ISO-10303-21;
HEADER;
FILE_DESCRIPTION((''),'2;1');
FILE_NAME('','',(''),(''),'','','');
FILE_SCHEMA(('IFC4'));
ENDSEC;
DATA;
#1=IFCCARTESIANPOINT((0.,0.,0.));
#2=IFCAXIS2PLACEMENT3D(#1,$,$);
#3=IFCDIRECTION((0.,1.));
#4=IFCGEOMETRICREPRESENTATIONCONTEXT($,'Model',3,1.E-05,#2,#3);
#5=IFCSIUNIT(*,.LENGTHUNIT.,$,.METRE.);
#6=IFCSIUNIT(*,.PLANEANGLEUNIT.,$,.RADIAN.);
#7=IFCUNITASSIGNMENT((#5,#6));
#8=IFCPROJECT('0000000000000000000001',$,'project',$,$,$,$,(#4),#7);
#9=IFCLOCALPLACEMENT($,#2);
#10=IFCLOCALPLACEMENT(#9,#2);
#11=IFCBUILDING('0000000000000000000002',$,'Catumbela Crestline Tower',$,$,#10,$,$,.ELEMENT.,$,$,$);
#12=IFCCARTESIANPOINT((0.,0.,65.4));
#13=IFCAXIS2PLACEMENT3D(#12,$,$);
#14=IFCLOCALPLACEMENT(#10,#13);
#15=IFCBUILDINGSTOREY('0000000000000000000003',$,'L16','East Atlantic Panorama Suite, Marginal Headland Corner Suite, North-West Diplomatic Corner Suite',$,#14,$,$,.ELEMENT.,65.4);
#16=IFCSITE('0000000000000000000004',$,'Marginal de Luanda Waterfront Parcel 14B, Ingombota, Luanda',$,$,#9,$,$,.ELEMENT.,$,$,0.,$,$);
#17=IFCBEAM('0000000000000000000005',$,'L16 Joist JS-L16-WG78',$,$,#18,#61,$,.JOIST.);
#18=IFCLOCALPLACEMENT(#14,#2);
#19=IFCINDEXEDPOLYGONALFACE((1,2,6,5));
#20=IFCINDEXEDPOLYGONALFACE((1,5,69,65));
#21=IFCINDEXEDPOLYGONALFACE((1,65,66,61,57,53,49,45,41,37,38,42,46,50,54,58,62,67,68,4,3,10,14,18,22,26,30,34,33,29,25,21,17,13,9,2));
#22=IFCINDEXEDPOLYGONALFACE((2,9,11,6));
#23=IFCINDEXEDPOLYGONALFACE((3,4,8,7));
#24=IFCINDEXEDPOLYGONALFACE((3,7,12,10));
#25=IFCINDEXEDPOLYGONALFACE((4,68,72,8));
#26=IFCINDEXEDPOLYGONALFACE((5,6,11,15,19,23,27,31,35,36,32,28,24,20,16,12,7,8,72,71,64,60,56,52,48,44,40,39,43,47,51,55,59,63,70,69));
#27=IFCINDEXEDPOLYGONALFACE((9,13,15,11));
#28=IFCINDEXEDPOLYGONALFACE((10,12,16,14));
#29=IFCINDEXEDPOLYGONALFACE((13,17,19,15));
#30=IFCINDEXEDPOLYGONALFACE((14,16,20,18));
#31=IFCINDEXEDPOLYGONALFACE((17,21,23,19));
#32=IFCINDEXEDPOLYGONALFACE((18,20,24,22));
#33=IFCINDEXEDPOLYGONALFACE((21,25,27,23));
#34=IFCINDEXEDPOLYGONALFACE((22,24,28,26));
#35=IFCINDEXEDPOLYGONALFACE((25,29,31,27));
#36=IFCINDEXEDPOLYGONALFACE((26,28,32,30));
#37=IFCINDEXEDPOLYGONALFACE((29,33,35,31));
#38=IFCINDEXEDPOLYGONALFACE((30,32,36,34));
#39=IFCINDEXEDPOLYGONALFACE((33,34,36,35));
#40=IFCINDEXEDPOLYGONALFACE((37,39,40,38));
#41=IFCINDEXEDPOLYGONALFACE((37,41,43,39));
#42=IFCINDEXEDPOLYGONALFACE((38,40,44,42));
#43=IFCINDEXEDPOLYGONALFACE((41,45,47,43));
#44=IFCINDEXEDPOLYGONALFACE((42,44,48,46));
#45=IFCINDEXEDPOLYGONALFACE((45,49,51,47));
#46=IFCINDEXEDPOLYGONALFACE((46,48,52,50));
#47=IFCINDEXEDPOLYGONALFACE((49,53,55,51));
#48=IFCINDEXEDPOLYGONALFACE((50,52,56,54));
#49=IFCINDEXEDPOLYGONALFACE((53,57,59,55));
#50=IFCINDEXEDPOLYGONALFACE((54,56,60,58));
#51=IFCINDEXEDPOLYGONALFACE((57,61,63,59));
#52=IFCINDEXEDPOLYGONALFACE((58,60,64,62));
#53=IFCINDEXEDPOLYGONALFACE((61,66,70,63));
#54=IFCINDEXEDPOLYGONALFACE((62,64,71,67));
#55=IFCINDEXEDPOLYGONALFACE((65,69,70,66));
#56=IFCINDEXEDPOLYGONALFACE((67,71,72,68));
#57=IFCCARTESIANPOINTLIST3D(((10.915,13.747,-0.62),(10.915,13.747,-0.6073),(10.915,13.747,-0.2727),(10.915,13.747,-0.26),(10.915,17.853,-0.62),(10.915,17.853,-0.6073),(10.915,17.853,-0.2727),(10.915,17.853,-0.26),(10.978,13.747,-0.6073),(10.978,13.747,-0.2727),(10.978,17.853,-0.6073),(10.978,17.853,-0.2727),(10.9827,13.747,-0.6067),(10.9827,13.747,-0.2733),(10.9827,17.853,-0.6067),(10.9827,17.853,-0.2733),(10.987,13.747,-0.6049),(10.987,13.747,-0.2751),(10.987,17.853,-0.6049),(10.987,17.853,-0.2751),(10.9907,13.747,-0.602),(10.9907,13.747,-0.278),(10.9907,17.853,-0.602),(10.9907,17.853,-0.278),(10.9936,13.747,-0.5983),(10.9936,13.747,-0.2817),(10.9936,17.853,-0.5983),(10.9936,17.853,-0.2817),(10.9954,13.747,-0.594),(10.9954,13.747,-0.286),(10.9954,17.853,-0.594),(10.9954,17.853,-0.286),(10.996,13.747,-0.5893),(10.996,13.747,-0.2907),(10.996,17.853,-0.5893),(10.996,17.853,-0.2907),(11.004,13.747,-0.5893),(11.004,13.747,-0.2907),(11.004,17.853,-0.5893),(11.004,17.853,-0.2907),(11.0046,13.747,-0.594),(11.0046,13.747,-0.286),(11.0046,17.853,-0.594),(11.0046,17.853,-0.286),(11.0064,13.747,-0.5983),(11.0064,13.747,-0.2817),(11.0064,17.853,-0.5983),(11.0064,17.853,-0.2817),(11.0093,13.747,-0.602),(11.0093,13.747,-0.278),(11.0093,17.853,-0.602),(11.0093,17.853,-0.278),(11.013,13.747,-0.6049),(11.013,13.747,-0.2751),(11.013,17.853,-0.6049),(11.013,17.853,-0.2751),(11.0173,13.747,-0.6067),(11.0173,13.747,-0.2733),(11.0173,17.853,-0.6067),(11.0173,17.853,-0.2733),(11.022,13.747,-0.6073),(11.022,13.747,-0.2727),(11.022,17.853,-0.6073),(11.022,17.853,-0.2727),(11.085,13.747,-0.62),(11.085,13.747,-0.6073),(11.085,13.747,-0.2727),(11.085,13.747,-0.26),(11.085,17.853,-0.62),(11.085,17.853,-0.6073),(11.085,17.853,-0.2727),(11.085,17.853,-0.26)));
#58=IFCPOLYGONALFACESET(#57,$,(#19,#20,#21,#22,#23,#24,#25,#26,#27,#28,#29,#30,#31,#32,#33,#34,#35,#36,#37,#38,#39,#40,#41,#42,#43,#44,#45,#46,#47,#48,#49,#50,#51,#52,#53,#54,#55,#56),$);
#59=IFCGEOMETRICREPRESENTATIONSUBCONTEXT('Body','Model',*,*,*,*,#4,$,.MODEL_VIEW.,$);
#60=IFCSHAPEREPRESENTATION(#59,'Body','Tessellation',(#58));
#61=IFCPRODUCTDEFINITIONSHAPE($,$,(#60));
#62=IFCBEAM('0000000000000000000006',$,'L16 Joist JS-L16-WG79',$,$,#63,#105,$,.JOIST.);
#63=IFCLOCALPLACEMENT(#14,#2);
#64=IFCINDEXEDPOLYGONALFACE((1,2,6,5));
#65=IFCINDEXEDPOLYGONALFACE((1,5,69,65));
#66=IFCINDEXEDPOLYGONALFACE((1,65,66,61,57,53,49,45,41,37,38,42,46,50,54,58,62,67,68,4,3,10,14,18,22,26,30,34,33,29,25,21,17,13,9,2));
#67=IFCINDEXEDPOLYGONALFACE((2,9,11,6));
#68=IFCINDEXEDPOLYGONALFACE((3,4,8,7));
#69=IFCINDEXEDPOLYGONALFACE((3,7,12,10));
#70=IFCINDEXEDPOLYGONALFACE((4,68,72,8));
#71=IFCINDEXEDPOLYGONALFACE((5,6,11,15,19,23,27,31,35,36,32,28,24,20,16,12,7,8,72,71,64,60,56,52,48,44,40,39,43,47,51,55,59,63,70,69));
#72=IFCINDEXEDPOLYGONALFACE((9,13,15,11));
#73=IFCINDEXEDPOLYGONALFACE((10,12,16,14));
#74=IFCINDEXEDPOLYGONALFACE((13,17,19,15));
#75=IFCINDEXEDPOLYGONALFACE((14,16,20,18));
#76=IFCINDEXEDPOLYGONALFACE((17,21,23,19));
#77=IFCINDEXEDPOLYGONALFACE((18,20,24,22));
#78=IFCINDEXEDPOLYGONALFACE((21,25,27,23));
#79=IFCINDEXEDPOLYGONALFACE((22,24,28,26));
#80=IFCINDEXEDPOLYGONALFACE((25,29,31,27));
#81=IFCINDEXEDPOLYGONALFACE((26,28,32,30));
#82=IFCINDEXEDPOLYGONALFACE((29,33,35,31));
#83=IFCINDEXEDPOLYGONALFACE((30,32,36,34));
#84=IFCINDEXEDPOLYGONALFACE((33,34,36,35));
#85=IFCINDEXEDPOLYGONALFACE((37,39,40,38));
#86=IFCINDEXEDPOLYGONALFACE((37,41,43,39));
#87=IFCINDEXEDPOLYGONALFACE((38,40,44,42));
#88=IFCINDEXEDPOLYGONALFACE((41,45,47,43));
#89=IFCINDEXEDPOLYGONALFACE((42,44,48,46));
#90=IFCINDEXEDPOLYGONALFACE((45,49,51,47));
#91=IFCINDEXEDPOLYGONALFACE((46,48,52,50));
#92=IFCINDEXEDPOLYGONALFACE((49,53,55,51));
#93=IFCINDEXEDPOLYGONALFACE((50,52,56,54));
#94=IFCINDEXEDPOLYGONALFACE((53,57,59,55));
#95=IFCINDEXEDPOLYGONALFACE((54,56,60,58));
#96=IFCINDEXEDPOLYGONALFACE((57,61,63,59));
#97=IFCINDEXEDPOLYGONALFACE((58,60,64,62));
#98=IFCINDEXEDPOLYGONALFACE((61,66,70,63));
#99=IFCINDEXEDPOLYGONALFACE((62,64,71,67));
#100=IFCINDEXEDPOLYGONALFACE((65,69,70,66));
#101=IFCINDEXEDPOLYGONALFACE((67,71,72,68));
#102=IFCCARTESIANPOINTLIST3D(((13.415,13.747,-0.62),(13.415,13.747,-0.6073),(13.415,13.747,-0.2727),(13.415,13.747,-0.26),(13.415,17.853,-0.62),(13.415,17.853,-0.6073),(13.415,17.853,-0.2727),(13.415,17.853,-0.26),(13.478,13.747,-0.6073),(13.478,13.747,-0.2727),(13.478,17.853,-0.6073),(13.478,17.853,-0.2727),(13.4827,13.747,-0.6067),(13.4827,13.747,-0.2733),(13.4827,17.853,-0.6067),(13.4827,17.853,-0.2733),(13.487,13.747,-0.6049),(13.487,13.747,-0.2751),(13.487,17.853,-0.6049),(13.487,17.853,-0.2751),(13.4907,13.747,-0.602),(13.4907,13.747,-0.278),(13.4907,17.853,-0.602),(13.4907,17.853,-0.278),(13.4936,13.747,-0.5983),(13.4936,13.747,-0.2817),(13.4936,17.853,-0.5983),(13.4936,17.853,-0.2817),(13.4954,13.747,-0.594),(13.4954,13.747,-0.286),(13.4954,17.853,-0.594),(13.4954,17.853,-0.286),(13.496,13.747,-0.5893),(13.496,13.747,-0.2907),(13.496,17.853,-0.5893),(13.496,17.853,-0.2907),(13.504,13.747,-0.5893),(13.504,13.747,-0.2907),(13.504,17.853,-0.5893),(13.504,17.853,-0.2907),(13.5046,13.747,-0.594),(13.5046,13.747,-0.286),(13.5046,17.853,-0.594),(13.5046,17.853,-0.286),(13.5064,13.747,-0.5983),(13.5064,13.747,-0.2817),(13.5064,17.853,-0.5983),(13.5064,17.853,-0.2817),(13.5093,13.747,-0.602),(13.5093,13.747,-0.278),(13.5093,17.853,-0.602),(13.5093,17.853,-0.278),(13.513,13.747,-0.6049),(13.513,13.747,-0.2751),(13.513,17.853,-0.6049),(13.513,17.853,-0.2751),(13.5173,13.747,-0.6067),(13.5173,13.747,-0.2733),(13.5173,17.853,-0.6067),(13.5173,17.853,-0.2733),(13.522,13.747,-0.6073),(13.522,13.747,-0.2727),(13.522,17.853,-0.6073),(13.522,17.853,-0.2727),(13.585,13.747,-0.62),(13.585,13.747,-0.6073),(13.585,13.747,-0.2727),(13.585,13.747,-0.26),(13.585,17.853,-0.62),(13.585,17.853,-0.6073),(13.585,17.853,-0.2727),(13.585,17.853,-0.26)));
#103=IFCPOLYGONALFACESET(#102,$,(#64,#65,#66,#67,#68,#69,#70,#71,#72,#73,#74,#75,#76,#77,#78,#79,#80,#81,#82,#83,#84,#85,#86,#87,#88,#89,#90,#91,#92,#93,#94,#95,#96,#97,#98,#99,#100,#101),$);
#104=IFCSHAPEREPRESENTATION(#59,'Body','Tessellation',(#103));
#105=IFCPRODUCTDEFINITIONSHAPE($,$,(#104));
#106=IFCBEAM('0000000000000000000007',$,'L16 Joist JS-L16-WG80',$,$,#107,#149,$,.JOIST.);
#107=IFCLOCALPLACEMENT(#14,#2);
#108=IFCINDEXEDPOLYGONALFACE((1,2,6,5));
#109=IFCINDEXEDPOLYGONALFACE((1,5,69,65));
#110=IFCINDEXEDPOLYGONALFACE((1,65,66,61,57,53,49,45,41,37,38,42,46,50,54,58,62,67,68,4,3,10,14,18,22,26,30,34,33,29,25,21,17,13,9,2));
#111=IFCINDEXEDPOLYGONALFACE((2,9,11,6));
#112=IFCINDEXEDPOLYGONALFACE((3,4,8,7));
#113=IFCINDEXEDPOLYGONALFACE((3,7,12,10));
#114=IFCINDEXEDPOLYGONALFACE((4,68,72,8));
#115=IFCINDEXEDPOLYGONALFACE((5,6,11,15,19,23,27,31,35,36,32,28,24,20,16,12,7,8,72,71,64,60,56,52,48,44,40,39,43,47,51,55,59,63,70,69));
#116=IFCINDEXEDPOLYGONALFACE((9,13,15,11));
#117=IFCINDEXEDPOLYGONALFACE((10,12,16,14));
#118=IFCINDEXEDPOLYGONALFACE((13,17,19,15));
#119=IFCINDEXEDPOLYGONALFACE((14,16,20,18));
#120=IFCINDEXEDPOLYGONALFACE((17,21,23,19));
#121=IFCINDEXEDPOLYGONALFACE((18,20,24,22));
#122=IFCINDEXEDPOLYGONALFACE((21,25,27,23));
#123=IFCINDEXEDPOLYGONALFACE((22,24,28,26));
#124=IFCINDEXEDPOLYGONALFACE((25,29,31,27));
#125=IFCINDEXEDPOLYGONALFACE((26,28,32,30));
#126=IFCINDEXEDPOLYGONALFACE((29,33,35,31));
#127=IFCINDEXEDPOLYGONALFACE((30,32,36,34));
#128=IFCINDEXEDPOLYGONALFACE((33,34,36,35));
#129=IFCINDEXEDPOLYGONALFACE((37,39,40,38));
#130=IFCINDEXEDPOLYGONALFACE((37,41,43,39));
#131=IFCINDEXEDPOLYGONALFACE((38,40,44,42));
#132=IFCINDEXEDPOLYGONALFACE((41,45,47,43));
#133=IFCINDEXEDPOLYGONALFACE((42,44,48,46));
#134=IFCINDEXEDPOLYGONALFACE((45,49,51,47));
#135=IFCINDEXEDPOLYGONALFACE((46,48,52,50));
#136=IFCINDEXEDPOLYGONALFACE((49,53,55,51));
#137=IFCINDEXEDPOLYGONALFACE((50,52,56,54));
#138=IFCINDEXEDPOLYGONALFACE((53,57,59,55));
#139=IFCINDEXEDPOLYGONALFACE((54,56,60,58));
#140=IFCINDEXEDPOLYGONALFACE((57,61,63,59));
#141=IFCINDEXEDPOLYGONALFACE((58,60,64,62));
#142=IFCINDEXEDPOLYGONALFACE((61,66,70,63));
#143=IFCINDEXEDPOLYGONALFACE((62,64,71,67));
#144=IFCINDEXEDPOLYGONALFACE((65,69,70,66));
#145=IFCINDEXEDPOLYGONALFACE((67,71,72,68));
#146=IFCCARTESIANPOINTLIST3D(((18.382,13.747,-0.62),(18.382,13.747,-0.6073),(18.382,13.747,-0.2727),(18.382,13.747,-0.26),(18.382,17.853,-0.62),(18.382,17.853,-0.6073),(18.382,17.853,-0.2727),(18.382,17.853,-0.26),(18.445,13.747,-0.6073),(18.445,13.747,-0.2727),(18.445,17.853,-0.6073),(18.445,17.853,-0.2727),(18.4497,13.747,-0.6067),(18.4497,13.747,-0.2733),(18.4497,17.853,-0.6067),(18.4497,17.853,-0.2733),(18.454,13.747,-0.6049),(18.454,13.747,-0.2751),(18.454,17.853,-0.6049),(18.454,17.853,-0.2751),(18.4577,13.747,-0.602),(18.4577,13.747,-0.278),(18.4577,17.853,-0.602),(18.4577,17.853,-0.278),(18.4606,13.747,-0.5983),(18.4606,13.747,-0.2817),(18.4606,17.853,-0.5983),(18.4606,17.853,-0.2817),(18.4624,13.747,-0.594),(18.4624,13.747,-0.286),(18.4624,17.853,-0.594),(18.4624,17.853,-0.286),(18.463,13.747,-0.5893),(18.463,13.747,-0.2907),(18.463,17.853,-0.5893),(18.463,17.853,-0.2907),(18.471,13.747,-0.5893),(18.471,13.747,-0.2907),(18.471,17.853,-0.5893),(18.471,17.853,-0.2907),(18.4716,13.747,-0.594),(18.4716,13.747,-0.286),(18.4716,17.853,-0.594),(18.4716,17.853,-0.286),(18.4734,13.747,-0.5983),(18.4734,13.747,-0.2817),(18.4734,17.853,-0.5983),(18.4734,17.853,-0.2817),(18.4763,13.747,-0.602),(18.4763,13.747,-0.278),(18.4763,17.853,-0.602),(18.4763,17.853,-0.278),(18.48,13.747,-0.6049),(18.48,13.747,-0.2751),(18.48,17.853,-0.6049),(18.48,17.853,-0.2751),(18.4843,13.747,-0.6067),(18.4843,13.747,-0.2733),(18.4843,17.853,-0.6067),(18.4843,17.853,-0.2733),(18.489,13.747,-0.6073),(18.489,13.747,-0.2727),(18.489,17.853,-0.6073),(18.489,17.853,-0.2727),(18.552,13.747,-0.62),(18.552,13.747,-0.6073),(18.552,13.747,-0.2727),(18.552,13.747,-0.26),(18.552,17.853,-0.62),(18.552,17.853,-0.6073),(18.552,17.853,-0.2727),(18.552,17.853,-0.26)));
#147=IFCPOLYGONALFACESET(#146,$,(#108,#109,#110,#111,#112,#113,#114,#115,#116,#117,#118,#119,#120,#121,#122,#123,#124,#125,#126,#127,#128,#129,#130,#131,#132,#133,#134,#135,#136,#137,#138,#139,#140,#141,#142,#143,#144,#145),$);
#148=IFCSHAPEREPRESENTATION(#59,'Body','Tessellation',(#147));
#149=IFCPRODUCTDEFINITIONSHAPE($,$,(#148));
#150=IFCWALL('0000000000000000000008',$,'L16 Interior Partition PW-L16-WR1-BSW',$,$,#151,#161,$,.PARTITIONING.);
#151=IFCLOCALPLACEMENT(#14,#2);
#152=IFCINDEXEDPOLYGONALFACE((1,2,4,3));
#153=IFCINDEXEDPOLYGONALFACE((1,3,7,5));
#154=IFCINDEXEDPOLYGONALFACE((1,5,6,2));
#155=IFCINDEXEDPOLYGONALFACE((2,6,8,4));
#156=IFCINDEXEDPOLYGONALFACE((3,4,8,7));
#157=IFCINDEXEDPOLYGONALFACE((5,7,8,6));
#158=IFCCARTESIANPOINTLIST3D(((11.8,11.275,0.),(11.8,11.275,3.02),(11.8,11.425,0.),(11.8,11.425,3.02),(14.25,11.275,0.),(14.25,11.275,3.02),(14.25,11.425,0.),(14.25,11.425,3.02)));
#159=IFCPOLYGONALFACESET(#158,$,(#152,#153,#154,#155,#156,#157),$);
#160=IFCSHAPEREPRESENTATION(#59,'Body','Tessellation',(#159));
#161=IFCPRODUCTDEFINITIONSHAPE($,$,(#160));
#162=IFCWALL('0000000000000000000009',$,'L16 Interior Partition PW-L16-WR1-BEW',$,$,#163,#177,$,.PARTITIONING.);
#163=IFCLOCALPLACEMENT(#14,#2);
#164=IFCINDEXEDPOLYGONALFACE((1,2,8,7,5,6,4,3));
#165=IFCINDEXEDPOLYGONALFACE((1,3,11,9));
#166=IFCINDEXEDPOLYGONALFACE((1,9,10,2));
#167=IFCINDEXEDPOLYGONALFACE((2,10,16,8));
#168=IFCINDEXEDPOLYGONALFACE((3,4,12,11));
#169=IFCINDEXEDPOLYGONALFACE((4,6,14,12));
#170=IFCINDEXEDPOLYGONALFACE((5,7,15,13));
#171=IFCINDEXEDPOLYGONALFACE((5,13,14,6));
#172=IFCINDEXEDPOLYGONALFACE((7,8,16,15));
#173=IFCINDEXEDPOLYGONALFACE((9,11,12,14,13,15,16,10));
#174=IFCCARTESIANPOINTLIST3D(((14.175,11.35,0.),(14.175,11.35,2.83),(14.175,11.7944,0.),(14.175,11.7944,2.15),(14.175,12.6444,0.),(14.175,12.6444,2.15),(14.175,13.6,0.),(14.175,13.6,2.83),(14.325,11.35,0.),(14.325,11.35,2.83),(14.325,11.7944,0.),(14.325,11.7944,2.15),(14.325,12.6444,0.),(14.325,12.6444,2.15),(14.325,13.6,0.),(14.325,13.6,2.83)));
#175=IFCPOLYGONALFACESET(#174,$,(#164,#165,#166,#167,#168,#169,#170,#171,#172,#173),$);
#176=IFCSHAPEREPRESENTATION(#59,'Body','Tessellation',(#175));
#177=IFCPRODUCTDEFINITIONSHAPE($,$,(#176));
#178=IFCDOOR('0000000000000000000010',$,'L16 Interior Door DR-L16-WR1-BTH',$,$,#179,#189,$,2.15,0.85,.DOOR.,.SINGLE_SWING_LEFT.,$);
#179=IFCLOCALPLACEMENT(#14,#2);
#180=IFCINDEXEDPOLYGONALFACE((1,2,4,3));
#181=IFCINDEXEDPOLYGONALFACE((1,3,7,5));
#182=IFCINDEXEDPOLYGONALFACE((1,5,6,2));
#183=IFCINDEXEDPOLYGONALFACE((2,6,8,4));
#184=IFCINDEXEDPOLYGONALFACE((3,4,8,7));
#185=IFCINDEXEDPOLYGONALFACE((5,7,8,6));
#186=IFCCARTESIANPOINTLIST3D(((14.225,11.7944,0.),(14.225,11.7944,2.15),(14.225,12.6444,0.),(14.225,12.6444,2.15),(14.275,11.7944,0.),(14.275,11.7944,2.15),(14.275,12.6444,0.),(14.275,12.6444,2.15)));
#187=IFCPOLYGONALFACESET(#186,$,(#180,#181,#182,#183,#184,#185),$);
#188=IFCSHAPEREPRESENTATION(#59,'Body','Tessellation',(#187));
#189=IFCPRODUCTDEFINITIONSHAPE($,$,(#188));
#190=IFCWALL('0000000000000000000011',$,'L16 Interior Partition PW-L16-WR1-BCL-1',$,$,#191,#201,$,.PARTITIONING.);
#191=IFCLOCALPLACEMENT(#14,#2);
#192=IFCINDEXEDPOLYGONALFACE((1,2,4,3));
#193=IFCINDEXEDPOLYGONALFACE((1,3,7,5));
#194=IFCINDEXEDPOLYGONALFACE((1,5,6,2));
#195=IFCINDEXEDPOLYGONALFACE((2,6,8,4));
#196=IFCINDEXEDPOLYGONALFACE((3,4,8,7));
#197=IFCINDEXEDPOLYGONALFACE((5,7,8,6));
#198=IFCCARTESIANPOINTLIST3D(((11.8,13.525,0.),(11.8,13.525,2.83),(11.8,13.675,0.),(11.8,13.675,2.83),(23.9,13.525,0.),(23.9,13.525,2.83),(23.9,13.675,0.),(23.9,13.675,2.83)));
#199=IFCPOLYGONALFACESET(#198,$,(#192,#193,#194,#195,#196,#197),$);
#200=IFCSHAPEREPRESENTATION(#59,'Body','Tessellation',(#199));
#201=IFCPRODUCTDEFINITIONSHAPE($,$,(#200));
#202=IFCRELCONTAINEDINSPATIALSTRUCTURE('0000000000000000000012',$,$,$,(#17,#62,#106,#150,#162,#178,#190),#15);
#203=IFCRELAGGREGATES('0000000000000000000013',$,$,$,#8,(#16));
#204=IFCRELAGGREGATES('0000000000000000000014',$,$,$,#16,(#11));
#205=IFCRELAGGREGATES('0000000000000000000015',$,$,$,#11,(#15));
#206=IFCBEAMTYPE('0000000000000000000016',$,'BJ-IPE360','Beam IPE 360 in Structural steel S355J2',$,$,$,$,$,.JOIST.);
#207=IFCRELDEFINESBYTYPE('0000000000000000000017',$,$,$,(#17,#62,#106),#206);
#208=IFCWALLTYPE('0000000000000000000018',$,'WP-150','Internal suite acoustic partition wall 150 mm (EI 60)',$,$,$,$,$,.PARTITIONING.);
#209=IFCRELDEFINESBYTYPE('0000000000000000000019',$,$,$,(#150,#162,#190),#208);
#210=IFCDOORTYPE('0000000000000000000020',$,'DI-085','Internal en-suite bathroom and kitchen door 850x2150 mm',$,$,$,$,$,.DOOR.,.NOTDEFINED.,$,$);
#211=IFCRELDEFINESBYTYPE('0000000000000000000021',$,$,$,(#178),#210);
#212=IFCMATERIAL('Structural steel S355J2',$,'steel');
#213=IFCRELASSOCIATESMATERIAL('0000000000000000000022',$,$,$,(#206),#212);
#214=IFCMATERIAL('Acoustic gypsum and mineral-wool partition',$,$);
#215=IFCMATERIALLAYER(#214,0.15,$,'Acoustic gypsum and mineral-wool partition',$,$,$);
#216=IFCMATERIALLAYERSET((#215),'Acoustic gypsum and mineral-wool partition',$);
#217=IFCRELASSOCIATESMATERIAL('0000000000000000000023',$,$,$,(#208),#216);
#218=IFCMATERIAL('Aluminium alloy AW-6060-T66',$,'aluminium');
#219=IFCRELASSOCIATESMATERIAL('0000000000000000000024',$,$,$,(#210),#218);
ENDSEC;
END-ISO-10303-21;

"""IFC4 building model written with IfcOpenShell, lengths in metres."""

from ifc_helpers import new_model, si_unit, direction, frame, frame_2d, origin, origin_2d, place, context, subcontext, project, spatial, rectangle, i_section, extrude, material, layer, layer_set, material_profile, profile_set, type_object, element, fill, save


model = new_model("IFC4")

# Units and contexts
model_context = context("Model", 3, precision=1e-05, world=origin(), true_north=direction((0.0, 1.0)))
body_context = subcontext(model_context, "Body", "Model", "MODEL_VIEW")
ifc_project = project(units=[si_unit("LENGTHUNIT", "METRE"), si_unit("PLANEANGLEUNIT", "RADIAN")], contexts=[model_context])

# Site, building, storey
site_placement = place(None, origin())
site = spatial("IfcSite", under=ifc_project, at=site_placement, Name="Marginal de Luanda Waterfront Parcel 14B, Ingombota, Luanda", CompositionType="ELEMENT", RefElevation=0.0)
building_placement = place(site_placement, origin())
building = spatial("IfcBuilding", under=site, at=building_placement, Name="Catumbela Crestline Tower", CompositionType="ELEMENT")
storey_placement = place(building_placement, frame((0.0, 0.0, 65.4)))
storey = spatial("IfcBuildingStorey", under=building, at=storey_placement, Name="L16", Description="East Atlantic Panorama Suite, Marginal Headland Corner Suite, North-West Diplomatic Corner Suite", CompositionType="ELEMENT", Elevation=65.4)

# Beams
ifc_material_1 = material(Name="Structural steel S355J2", Category="steel")
ifc_material_profile_1 = material_profile(ifc_material_1, i_section(OverallWidth=0.17, OverallDepth=0.36, WebThickness=0.008, FlangeThickness=0.0127, FilletRadius=0.018, at=origin_2d()), Name="IPE 360")
ifc_profile_set_1 = profile_set([ifc_material_profile_1], Name="Structural steel S355J2")
beam_type_1 = type_object("IfcBeamType", Name="BJ-IPE360", Description="Beam IPE 360 in Structural steel S355J2", PredefinedType="JOIST", material=ifc_profile_set_1)
for number, where, z_axis, x_axis, name in (
    (1, (11.0, 13.747, -0.44), (0.0, 1.0, 0.0), (-1.0, 0.0, 0.0), "L16 Joist JS-L16-WG78"),
    (2, (13.5, 13.747, -0.44), (0.0, 1.0, 0.0), (-1.0, 0.0, 0.0), "L16 Joist JS-L16-WG79"),
    (3, (18.467, 13.747, -0.44), (0.0, 1.0, 0.0), (-1.0, 0.0, 0.0), "L16 Joist JS-L16-WG80"),
):
    element("IfcBeam", number, at=place(storey_placement, frame(where, z_axis=z_axis, x_axis=x_axis)), inside=storey, type_object=beam_type_1, Name=name, PredefinedType="JOIST", context=body_context, shape_type="SweptSolid", body=[
        extrude(i_section(OverallWidth=0.17, OverallDepth=0.36, WebThickness=0.008, FlangeThickness=0.0127, FilletRadius=0.018, at=origin_2d()), origin(), (0.0, 0.0, 1.0), 4.106),
    ])

# Wall
ifc_material_2 = material(Name="Acoustic gypsum and mineral-wool partition")
ifc_layer = layer(ifc_material_2, 0.15, Name="Acoustic gypsum and mineral-wool partition")
ifc_layer_set = layer_set([ifc_layer], Name="Acoustic gypsum and mineral-wool partition")
wall_type = type_object("IfcWallType", Name="WP-150", Description="Internal suite acoustic partition wall 150 mm (EI 60)", PredefinedType="PARTITIONING", material=ifc_layer_set)
wall_1_placement = place(storey_placement, frame((11.8, 11.35, 0.0), z_axis=(0.0, 0.0, 1.0), x_axis=(1.0, 0.0, 0.0)))
element("IfcWall", 4, at=wall_1_placement, inside=storey, type_object=wall_type, Name="L16 Interior Partition PW-L16-WR1-BSW", PredefinedType="PARTITIONING", context=body_context, shape_type="SweptSolid", body=[
    extrude(rectangle(XDim=2.45, YDim=0.15, at=frame_2d((1.225, 0.0))), origin(), (0.0, 0.0, 1.0), 3.02),
])

# Wall, opening, door
wall_2_placement = place(storey_placement, frame((14.25, 11.35, 0.0), z_axis=(0.0, 0.0, 1.0), x_axis=(0.0, 1.0, 0.0)))
wall_2 = element("IfcWall", 5, at=wall_2_placement, inside=storey, type_object=wall_type, Name="L16 Interior Partition PW-L16-WR1-BEW", PredefinedType="PARTITIONING", context=body_context, shape_type="SweptSolid", body=[
    extrude(rectangle(XDim=2.25, YDim=0.15, at=frame_2d((1.125, 0.0))), origin(), (0.0, 0.0, 1.0), 2.83),
])
opening_1_placement = place(wall_2_placement, frame((0.4444, 0.0, 0.0)))
opening_1 = element("IfcOpeningElement", 6, at=opening_1_placement, cuts=wall_2, PredefinedType="OPENING", context=body_context, shape_type="SweptSolid", body=[
    extrude(rectangle(XDim=0.85, YDim=2.15, at=frame_2d((0.425, 1.075))), frame((0.0, 0.085, 0.0), z_axis=(0.0, -1.0, 0.0), x_axis=(1.0, 0.0, 0.0)), (0.0, 0.0, 1.0), 0.17),
])
ifc_material_3 = material(Name="Aluminium alloy AW-6060-T66", Category="aluminium")
door_type = type_object("IfcDoorType", Name="DI-085", Description="Internal en-suite bathroom and kitchen door 850x2150 mm", OperationType="NOTDEFINED", PredefinedType="DOOR", material=ifc_material_3)
door_1_placement = place(opening_1_placement, origin())
door_1 = element("IfcDoor", 7, at=door_1_placement, inside=storey, type_object=door_type, Name="L16 Interior Door DR-L16-WR1-BTH", OperationType="SINGLE_SWING_LEFT", OverallHeight=2.15, OverallWidth=0.85, PredefinedType="DOOR", context=body_context, shape_type="SweptSolid", body=[
    extrude(rectangle(XDim=0.85, YDim=2.15, at=frame_2d((0.425, 1.075))), frame((0.0, 0.025, 0.0), z_axis=(0.0, -1.0, 0.0), x_axis=(1.0, 0.0, 0.0)), (0.0, 0.0, 1.0), 0.05),
])
fill(opening_1, door_1)

# Wall
wall_3_placement = place(storey_placement, frame((11.8, 13.6, 0.0), z_axis=(0.0, 0.0, 1.0), x_axis=(1.0, 0.0, 0.0)))
element("IfcWall", 8, at=wall_3_placement, inside=storey, type_object=wall_type, Name="L16 Interior Partition PW-L16-WR1-BCL-1", PredefinedType="PARTITIONING", context=body_context, shape_type="SweptSolid", body=[
    extrude(rectangle(XDim=12.1, YDim=0.15, at=frame_2d((6.05, 0.0))), origin(), (0.0, 0.0, 1.0), 2.83),
])

save(model, "model.ifc")
